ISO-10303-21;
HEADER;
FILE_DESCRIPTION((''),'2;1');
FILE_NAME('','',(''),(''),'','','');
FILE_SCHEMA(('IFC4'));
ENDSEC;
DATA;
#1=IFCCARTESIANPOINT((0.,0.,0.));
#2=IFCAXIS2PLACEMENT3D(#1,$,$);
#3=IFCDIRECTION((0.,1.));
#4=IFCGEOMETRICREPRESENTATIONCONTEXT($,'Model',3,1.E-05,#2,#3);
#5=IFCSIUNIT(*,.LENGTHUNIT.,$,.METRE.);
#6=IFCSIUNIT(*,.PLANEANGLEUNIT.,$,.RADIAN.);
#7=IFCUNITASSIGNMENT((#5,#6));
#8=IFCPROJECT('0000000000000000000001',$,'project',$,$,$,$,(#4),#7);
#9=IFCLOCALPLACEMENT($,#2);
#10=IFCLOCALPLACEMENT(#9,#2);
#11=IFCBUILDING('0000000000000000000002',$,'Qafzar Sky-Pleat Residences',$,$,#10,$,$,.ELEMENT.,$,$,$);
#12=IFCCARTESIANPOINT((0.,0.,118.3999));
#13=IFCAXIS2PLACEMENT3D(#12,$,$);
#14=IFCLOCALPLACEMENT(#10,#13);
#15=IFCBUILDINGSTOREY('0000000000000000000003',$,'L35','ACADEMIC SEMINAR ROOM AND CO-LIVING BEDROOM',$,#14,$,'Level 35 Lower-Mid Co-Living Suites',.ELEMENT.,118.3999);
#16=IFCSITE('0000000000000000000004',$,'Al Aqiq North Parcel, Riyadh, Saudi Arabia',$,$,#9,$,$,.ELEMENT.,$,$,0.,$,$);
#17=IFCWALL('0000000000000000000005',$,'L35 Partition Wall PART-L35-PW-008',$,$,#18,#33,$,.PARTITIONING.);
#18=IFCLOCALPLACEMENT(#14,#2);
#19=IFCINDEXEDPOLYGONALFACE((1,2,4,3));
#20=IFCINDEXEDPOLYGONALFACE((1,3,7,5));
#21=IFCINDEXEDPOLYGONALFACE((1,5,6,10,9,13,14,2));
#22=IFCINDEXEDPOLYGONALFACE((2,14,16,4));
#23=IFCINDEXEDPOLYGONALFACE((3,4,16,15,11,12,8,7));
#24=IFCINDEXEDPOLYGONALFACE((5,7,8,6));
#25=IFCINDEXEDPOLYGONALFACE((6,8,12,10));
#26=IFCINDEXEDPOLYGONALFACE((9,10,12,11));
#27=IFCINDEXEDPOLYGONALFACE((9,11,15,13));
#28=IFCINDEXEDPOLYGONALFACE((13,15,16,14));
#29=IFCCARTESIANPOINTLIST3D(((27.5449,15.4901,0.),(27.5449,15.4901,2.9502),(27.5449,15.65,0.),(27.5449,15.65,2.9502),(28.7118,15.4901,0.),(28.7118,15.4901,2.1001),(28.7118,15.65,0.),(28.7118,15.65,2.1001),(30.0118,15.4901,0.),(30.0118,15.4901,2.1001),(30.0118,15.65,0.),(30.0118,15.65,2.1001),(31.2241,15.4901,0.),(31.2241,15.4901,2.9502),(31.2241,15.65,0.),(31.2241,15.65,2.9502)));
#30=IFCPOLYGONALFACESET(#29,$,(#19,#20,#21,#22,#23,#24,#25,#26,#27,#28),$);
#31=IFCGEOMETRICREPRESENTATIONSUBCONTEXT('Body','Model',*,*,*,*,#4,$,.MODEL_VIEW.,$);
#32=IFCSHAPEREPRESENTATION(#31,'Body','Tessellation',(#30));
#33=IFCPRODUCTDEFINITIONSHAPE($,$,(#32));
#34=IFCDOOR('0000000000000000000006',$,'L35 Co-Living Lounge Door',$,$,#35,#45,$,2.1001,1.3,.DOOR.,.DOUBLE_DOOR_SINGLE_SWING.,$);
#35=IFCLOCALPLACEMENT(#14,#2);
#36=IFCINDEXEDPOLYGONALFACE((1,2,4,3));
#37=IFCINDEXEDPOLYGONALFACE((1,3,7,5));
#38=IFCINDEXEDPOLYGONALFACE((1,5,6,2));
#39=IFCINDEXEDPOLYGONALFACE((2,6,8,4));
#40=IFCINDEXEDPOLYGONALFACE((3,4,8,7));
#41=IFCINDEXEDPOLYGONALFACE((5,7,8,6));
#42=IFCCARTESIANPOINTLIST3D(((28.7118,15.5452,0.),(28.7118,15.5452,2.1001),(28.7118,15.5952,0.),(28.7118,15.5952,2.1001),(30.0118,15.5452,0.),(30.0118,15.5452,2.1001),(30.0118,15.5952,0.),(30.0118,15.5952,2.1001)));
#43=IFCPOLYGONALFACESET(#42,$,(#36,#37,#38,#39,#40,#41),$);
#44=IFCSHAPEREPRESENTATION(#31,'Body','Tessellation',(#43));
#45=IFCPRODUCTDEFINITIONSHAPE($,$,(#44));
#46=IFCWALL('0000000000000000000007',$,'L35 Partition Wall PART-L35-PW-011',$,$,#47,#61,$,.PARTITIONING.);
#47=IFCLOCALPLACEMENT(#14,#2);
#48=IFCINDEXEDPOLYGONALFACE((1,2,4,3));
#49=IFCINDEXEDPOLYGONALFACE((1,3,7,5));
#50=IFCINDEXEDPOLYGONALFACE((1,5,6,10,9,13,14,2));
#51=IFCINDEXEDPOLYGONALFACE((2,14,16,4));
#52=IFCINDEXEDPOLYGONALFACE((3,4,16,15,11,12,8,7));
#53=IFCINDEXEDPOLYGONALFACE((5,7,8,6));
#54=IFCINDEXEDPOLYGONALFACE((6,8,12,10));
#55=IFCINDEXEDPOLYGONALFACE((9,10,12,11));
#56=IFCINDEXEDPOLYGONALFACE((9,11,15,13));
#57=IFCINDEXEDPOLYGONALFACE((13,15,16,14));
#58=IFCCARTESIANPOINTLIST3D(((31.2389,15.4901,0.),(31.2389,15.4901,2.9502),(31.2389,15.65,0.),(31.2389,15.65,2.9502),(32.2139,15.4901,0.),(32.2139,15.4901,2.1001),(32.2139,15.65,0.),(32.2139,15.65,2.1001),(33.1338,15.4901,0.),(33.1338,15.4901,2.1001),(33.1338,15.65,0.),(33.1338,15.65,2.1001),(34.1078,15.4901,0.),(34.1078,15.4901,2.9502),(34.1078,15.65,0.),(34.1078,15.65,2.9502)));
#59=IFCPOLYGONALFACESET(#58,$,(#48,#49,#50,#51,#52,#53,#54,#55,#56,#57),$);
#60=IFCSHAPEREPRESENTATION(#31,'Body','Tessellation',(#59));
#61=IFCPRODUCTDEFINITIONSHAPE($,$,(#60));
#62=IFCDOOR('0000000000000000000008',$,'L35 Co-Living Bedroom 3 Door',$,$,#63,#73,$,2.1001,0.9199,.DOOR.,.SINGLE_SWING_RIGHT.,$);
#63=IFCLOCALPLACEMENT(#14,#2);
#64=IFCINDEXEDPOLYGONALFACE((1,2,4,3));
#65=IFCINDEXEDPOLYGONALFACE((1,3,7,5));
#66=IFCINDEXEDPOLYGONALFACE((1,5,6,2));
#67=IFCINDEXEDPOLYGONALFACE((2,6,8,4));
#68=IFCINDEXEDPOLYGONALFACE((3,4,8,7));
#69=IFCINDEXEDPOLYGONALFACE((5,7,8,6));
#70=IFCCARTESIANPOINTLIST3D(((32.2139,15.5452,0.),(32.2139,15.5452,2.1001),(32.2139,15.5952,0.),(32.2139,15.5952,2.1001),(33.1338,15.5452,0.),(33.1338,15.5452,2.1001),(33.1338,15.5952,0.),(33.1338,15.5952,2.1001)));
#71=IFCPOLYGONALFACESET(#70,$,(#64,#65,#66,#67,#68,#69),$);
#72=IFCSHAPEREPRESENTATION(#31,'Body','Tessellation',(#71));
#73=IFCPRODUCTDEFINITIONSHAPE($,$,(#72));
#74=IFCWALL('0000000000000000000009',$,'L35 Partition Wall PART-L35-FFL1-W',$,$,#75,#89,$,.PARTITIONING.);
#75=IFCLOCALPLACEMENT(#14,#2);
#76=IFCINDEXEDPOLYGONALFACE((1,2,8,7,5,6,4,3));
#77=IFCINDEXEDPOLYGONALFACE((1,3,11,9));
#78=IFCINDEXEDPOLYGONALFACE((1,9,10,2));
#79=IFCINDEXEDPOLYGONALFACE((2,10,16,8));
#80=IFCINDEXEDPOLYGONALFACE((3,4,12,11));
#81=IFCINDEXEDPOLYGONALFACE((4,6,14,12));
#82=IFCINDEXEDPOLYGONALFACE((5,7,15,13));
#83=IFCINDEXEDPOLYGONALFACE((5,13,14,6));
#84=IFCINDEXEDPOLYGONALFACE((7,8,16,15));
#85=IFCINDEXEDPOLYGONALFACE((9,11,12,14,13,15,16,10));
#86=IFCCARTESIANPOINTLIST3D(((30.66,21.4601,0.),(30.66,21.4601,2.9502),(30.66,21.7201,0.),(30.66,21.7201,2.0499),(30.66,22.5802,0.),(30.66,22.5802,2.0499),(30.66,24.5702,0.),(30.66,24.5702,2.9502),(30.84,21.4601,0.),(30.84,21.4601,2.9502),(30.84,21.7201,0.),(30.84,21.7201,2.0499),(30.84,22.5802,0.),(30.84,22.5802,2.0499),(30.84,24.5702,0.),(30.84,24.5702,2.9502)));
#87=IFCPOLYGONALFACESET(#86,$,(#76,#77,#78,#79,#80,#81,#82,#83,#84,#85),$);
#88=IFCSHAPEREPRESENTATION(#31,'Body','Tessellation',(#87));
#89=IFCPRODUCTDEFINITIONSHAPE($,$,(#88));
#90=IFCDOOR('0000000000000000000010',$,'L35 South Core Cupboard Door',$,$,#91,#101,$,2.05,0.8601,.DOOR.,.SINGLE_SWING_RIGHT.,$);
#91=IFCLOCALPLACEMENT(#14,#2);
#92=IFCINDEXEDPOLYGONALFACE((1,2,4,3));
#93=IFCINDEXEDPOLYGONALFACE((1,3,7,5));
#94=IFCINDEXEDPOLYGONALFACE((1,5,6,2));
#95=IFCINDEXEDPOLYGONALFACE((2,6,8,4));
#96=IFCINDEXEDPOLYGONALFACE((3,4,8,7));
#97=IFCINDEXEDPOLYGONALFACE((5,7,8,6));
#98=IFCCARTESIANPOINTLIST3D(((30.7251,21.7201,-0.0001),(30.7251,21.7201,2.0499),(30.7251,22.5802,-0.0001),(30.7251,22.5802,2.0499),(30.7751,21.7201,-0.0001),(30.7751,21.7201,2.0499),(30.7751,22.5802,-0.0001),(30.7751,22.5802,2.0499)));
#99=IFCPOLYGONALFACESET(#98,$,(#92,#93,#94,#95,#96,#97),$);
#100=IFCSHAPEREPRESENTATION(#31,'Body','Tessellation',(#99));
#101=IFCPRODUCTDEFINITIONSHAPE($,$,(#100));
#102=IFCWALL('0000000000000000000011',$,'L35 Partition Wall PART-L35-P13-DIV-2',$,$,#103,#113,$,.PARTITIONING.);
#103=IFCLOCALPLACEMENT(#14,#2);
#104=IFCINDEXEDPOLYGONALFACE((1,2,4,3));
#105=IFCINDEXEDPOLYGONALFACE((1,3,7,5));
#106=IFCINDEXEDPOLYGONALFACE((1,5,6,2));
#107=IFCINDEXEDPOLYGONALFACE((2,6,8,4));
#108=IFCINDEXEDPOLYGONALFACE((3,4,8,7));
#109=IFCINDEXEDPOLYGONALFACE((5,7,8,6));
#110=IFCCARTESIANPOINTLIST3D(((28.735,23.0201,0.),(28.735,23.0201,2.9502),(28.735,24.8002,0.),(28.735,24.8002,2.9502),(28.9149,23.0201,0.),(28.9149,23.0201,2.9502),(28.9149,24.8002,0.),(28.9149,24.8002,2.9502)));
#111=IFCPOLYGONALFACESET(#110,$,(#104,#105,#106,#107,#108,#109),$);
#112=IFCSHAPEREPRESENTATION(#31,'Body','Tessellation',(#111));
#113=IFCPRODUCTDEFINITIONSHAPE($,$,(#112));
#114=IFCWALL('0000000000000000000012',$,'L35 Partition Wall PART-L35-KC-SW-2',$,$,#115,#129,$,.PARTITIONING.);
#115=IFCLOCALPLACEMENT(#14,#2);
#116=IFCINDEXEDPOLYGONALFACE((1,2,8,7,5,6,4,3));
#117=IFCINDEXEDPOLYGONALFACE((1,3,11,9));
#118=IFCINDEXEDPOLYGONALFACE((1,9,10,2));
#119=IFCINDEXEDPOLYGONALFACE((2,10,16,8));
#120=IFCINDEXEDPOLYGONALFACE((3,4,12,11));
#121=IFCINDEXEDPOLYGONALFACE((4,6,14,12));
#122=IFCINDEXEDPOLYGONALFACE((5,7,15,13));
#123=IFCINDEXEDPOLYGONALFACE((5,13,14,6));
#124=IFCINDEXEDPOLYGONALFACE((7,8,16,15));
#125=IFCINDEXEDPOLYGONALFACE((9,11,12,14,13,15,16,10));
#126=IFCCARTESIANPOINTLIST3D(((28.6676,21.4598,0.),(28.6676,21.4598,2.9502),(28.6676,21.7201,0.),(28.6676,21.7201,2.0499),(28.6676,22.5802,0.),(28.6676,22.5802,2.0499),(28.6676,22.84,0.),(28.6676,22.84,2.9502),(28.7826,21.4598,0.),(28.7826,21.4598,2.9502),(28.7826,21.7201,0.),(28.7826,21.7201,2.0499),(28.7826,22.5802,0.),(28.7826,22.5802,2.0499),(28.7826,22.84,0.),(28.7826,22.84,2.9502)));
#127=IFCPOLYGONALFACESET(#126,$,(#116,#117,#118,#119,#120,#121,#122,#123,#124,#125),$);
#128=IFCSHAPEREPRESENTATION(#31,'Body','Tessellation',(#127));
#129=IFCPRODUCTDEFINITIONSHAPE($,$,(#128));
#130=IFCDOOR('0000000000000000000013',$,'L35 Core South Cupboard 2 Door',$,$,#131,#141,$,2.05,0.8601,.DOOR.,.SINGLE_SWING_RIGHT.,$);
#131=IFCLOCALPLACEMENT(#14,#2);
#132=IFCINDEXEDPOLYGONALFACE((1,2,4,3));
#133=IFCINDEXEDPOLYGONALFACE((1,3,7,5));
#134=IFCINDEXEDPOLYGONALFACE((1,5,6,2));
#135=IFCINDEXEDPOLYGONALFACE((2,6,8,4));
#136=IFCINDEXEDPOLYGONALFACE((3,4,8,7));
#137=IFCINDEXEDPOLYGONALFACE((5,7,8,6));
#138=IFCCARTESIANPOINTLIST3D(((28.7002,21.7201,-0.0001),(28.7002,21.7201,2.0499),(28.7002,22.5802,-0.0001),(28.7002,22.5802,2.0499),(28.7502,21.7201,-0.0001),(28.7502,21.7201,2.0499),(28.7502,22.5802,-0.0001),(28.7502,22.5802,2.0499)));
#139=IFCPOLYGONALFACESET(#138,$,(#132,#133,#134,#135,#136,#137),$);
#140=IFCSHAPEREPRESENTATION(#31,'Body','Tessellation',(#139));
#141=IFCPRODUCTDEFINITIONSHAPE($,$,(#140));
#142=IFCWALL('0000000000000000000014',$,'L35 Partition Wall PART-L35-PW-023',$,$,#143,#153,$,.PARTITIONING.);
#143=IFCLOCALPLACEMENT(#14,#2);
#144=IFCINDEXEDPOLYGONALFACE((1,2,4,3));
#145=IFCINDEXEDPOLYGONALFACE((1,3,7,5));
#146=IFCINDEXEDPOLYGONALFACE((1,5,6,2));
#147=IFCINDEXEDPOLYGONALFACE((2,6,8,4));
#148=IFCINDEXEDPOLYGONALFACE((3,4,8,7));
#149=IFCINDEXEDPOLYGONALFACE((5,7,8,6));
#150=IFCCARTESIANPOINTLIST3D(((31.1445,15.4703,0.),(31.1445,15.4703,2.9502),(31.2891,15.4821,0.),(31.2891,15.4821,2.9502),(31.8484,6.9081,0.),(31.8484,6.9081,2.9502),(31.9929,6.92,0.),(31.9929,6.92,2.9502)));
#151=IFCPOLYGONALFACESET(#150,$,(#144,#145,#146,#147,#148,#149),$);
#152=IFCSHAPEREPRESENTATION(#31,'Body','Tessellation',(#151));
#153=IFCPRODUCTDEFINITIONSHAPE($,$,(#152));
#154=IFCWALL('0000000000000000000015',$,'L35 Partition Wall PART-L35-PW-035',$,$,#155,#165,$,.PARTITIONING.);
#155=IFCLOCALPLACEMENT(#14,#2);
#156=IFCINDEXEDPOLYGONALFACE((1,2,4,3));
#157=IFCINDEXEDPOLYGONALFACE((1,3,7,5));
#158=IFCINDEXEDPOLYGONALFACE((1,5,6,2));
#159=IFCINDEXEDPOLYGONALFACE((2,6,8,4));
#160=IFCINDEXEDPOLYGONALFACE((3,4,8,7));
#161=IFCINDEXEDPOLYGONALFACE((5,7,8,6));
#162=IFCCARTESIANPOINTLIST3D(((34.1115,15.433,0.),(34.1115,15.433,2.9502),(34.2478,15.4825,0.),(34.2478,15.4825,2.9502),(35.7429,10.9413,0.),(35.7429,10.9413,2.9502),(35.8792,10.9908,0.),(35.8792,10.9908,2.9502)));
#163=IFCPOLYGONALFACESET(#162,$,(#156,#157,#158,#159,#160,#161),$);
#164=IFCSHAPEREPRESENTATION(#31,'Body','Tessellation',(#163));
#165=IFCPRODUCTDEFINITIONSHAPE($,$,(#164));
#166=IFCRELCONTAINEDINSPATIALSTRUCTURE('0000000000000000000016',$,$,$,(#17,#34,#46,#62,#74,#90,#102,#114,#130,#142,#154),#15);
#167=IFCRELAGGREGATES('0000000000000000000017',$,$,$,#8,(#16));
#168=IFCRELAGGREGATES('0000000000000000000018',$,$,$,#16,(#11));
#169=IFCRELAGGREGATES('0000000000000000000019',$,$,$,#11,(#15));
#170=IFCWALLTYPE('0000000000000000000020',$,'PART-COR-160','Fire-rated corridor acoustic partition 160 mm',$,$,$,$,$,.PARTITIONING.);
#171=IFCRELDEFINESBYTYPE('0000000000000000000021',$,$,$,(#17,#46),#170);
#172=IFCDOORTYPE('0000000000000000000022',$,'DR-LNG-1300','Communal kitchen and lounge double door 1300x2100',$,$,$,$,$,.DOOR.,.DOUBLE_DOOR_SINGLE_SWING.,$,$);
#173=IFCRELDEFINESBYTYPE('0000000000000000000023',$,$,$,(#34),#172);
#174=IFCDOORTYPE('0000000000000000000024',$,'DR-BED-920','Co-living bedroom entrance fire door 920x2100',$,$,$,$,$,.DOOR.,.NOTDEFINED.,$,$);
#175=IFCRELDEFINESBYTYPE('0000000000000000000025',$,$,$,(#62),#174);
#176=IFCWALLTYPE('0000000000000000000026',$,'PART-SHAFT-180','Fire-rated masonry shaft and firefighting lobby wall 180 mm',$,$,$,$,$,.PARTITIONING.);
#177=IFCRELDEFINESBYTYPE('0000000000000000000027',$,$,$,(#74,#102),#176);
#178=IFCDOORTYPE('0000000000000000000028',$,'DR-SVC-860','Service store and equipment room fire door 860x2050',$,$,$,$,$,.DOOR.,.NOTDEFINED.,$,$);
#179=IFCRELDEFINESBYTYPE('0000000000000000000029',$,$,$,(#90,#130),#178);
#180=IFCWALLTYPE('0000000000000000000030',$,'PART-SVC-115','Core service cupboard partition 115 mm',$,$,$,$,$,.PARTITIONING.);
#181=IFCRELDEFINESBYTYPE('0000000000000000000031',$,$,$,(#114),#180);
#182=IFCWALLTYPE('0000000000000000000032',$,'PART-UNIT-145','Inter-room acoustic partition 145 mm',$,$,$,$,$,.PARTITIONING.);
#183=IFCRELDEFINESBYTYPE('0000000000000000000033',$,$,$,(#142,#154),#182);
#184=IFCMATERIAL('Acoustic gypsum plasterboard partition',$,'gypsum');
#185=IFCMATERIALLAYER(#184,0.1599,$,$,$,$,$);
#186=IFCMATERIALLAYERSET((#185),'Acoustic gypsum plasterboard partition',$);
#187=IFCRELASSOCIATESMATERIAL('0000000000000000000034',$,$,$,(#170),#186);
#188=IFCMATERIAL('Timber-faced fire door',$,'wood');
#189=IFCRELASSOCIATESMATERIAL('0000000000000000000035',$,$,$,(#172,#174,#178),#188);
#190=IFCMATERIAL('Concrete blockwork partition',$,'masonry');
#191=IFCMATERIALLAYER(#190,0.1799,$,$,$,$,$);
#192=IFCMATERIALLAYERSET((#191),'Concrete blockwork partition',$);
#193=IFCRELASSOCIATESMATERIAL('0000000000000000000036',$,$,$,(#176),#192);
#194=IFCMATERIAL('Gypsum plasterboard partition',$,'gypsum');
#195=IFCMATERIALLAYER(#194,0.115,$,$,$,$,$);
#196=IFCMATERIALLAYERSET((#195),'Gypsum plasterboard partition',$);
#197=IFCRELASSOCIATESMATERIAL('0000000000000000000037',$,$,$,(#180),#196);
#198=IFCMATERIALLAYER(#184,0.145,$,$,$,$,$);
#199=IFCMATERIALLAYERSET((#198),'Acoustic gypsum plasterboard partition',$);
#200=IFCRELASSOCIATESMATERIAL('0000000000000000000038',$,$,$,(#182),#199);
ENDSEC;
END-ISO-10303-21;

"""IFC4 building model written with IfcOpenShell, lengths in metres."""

from ifc_helpers import new_model, si_unit, direction, frame, frame_2d, origin, place, context, subcontext, project, spatial, rectangle, extrude, source, transform, mapped, material, layer, layer_set, type_object, element, fill, save


model = new_model("IFC4")

# Units and contexts
model_context = context("Model", 3, precision=1e-05, world=origin(), true_north=direction((0.0, 1.0)))
body_context = subcontext(model_context, "Body", "Model", "MODEL_VIEW")
ifc_project = project(units=[si_unit("LENGTHUNIT", "METRE"), si_unit("PLANEANGLEUNIT", "RADIAN")], contexts=[model_context])

# Site, building, storey
site_placement = place(None, origin())
site = spatial("IfcSite", under=ifc_project, at=site_placement, Name="Al Aqiq North Parcel, Riyadh, Saudi Arabia", CompositionType="ELEMENT", RefElevation=0.0)
building_placement = place(site_placement, origin())
building = spatial("IfcBuilding", under=site, at=building_placement, Name="Qafzar Sky-Pleat Residences", CompositionType="ELEMENT")
storey_placement = place(building_placement, frame((0.0, 0.0, 118.3999)))
storey = spatial("IfcBuildingStorey", under=building, at=storey_placement, Name="L35", Description="ACADEMIC SEMINAR ROOM AND CO-LIVING BEDROOM", LongName="Level 35 Lower-Mid Co-Living Suites", CompositionType="ELEMENT", Elevation=118.3999)

# Walls, openings, doors
ifc_material_1 = material(Name="Acoustic gypsum plasterboard partition", Category="gypsum")
ifc_layer_1 = layer(ifc_material_1, 0.1599)
ifc_layer_set_1 = layer_set([ifc_layer_1], Name="Acoustic gypsum plasterboard partition")
wall_type_1 = type_object("IfcWallType", Name="PART-COR-160", Description="Fire-rated corridor acoustic partition 160 mm", PredefinedType="PARTITIONING", material=ifc_layer_set_1)
wall_1_placement = place(storey_placement, frame((31.2241, 15.5701, 0.0), z_axis=(0.0, 0.0, 1.0), x_axis=(-1.0, 0.0, 0.0)))
wall_1 = element("IfcWall", 1, at=wall_1_placement, inside=storey, type_object=wall_type_1, Name="L35 Partition Wall PART-L35-PW-008", PredefinedType="PARTITIONING", context=body_context, shape_type="SweptSolid", body=[
    extrude(rectangle(XDim=3.6792, YDim=0.1599, at=frame_2d((1.8396, 0.0))), origin(), (0.0, 0.0, 1.0), 2.9502),
])
opening_1_placement = place(wall_1_placement, frame((1.2124, 0.0, 0.0)))
opening_1 = element("IfcOpeningElement", 2, at=opening_1_placement, cuts=wall_1, PredefinedType="OPENING", context=body_context, shape_type="SweptSolid", body=[
    extrude(rectangle(XDim=1.3, YDim=2.1001, at=frame_2d((0.6499, 1.05))), frame((0.0, 0.0898, 0.0), z_axis=(0.0, -1.0, 0.0), x_axis=(1.0, 0.0, 0.0)), (0.0, 0.0, 1.0), 0.1799),
])
ifc_material_2 = material(Name="Timber-faced fire door", Category="wood")
door_type_1 = type_object("IfcDoorType", Name="DR-LNG-1300", Description="Communal kitchen and lounge double door 1300x2100", OperationType="DOUBLE_DOOR_SINGLE_SWING", PredefinedType="DOOR", material=ifc_material_2)
shared_shape_1 = source(origin(), body_context, "Body", "SweptSolid", [
    extrude(rectangle(XDim=1.3, YDim=2.1001, at=frame_2d((0.6499, 1.05))), frame((0.0, 0.0249, 0.0), z_axis=(0.0, -1.0, 0.0), x_axis=(1.0, 0.0, 0.0)), (0.0, 0.0, 1.0), 0.05),
])
door_1_placement = place(opening_1_placement, origin())
door_1 = element("IfcDoor", 3, at=door_1_placement, inside=storey, type_object=door_type_1, Name="L35 Co-Living Lounge Door", OperationType="DOUBLE_DOOR_SINGLE_SWING", OverallHeight=2.1001, OverallWidth=1.3, PredefinedType="DOOR", context=body_context, shape_type="MappedRepresentation", body=[
    mapped(shared_shape_1, transform((0.0, 0.0, 0.0), x_axis=(1.0, 0.0, 0.0), y_axis=(0.0, 1.0, 0.0), z_axis=(0.0, 0.0, 1.0), scale=1.0)),
])
fill(opening_1, door_1)
wall_2_placement = place(storey_placement, frame((34.1079, 15.5701, 0.0), z_axis=(0.0, 0.0, 1.0), x_axis=(-1.0, 0.0, 0.0)))
wall_2 = element("IfcWall", 4, at=wall_2_placement, inside=storey, type_object=wall_type_1, Name="L35 Partition Wall PART-L35-PW-011", PredefinedType="PARTITIONING", context=body_context, shape_type="SweptSolid", body=[
    extrude(rectangle(XDim=2.8689, YDim=0.1599, at=frame_2d((1.4346, 0.0))), origin(), (0.0, 0.0, 1.0), 2.9502),
])
opening_2_placement = place(wall_2_placement, frame((0.9741, 0.0, 0.0)))
opening_2 = element("IfcOpeningElement", 5, at=opening_2_placement, cuts=wall_2, PredefinedType="OPENING", context=body_context, shape_type="SweptSolid", body=[
    extrude(rectangle(XDim=0.9199, YDim=2.1001, at=frame_2d((0.46, 1.05))), frame((0.0, 0.0898, 0.0), z_axis=(0.0, -1.0, 0.0), x_axis=(1.0, 0.0, 0.0)), (0.0, 0.0, 1.0), 0.1799),
])
door_type_2 = type_object("IfcDoorType", Name="DR-BED-920", Description="Co-living bedroom entrance fire door 920x2100", OperationType="NOTDEFINED", PredefinedType="DOOR", material=ifc_material_2)
shared_shape_2 = source(origin(), body_context, "Body", "SweptSolid", [
    extrude(rectangle(XDim=0.9199, YDim=2.1001, at=frame_2d((0.46, 1.05))), frame((0.0, 0.0249, 0.0), z_axis=(0.0, -1.0, 0.0), x_axis=(1.0, 0.0, 0.0)), (0.0, 0.0, 1.0), 0.05),
])
door_2_placement = place(opening_2_placement, origin())
door_2 = element("IfcDoor", 6, at=door_2_placement, inside=storey, type_object=door_type_2, Name="L35 Co-Living Bedroom 3 Door", OperationType="SINGLE_SWING_RIGHT", OverallHeight=2.1001, OverallWidth=0.9199, PredefinedType="DOOR", context=body_context, shape_type="MappedRepresentation", body=[
    mapped(shared_shape_2, transform((0.0, 0.0, 0.0), x_axis=(1.0, 0.0, 0.0), y_axis=(0.0, 1.0, 0.0), z_axis=(0.0, 0.0, 1.0), scale=1.0)),
])
fill(opening_2, door_2)
ifc_material_3 = material(Name="Concrete blockwork partition", Category="masonry")
ifc_layer_2 = layer(ifc_material_3, 0.1799)
ifc_layer_set_2 = layer_set([ifc_layer_2], Name="Concrete blockwork partition")
wall_type_2 = type_object("IfcWallType", Name="PART-SHAFT-180", Description="Fire-rated masonry shaft and firefighting lobby wall 180 mm", PredefinedType="PARTITIONING", material=ifc_layer_set_2)
wall_3_placement = place(storey_placement, frame((30.75, 21.46, 0.0), z_axis=(0.0, 0.0, 1.0), x_axis=(0.0, 1.0, 0.0)))
wall_3 = element("IfcWall", 7, at=wall_3_placement, inside=storey, type_object=wall_type_2, Name="L35 Partition Wall PART-L35-FFL1-W", PredefinedType="PARTITIONING", context=body_context, shape_type="SweptSolid", body=[
    extrude(rectangle(XDim=3.1101, YDim=0.1799, at=frame_2d((1.5552, 0.0))), origin(), (0.0, 0.0, 1.0), 2.9502),
])
opening_3_placement = place(wall_3_placement, frame((0.26, 0.0, 0.0)))
opening_3 = element("IfcOpeningElement", 8, at=opening_3_placement, cuts=wall_3, PredefinedType="OPENING", context=body_context, shape_type="SweptSolid", body=[
    extrude(rectangle(XDim=0.8601, YDim=2.05, at=frame_2d((0.4302, 1.0249))), frame((0.0, 0.1001, 0.0), z_axis=(0.0, -1.0, 0.0), x_axis=(1.0, 0.0, 0.0)), (0.0, 0.0, 1.0), 0.2),
])
door_type_3 = type_object("IfcDoorType", Name="DR-SVC-860", Description="Service store and equipment room fire door 860x2050", OperationType="NOTDEFINED", PredefinedType="DOOR", material=ifc_material_2)
shared_shape_3 = source(origin(), body_context, "Body", "SweptSolid", [
    extrude(rectangle(XDim=0.8601, YDim=2.05, at=frame_2d((0.4302, 1.0249))), frame((0.0, 0.0249, 0.0), z_axis=(0.0, -1.0, 0.0), x_axis=(1.0, 0.0, 0.0)), (0.0, 0.0, 1.0), 0.05),
])
door_3_placement = place(opening_3_placement, origin())
door_3 = element("IfcDoor", 9, at=door_3_placement, inside=storey, type_object=door_type_3, Name="L35 South Core Cupboard Door", OperationType="SINGLE_SWING_RIGHT", OverallHeight=2.05, OverallWidth=0.8601, PredefinedType="DOOR", context=body_context, shape_type="MappedRepresentation", body=[
    mapped(shared_shape_3, transform((0.0, 0.0, 0.0), x_axis=(1.0, 0.0, 0.0), y_axis=(0.0, 1.0, 0.0), z_axis=(0.0, 0.0, 1.0), scale=1.0)),
])
fill(opening_3, door_3)

# Wall
wall_4_placement = place(storey_placement, frame((28.825, 23.02, 0.0), z_axis=(0.0, 0.0, 1.0), x_axis=(0.0, 1.0, 0.0)))
element("IfcWall", 10, at=wall_4_placement, inside=storey, type_object=wall_type_2, Name="L35 Partition Wall PART-L35-P13-DIV-2", PredefinedType="PARTITIONING", context=body_context, shape_type="SweptSolid", body=[
    extrude(rectangle(XDim=1.78, YDim=0.1799, at=frame_2d((0.8901, 0.0))), origin(), (0.0, 0.0, 1.0), 2.9502),
])

# Wall, opening, door
ifc_material_4 = material(Name="Gypsum plasterboard partition", Category="gypsum")
ifc_layer_3 = layer(ifc_material_4, 0.115)
ifc_layer_set_3 = layer_set([ifc_layer_3], Name="Gypsum plasterboard partition")
wall_type_3 = type_object("IfcWallType", Name="PART-SVC-115", Description="Core service cupboard partition 115 mm", PredefinedType="PARTITIONING", material=ifc_layer_set_3)
wall_5_placement = place(storey_placement, frame((28.7251, 21.46, 0.0), z_axis=(0.0, 0.0, 1.0), x_axis=(0.0, 1.0, 0.0)))
wall_5 = element("IfcWall", 11, at=wall_5_placement, inside=storey, type_object=wall_type_3, Name="L35 Partition Wall PART-L35-KC-SW-2", PredefinedType="PARTITIONING", context=body_context, shape_type="SweptSolid", body=[
    extrude(rectangle(XDim=1.3801, YDim=0.115, at=frame_2d((0.6899, 0.0))), origin(), (0.0, 0.0, 1.0), 2.9502),
])
opening_4_placement = place(wall_5_placement, frame((0.26, 0.0, 0.0)))
opening_4 = element("IfcOpeningElement", 12, at=opening_4_placement, cuts=wall_5, PredefinedType="OPENING", context=body_context, shape_type="SweptSolid", body=[
    extrude(rectangle(XDim=0.8601, YDim=2.05, at=frame_2d((0.4302, 1.0249))), frame((0.0, 0.0674, 0.0), z_axis=(0.0, -1.0, 0.0), x_axis=(1.0, 0.0, 0.0)), (0.0, 0.0, 1.0), 0.135),
])
door_4_placement = place(opening_4_placement, origin())
door_4 = element("IfcDoor", 13, at=door_4_placement, inside=storey, type_object=door_type_3, Name="L35 Core South Cupboard 2 Door", OperationType="SINGLE_SWING_RIGHT", OverallHeight=2.05, OverallWidth=0.8601, PredefinedType="DOOR", context=body_context, shape_type="MappedRepresentation", body=[
    mapped(shared_shape_3, transform((0.0, 0.0, 0.0), x_axis=(1.0, 0.0, 0.0), y_axis=(0.0, 1.0, 0.0), z_axis=(0.0, 0.0, 1.0), scale=1.0)),
])
fill(opening_4, door_4)

# Walls
ifc_layer_4 = layer(ifc_material_1, 0.145)
ifc_layer_set_4 = layer_set([ifc_layer_4], Name="Acoustic gypsum plasterboard partition")
wall_type_4 = type_object("IfcWallType", Name="PART-UNIT-145", Description="Inter-room acoustic partition 145 mm", PredefinedType="PARTITIONING", material=ifc_layer_set_4)
wall_6_placement = place(storey_placement, frame((31.2168, 15.4761, 0.0), z_axis=(0.0, 0.0, 1.0), x_axis=(0.081928, -0.996638, 0.0)))
element("IfcWall", 14, at=wall_6_placement, inside=storey, type_object=wall_type_4, Name="L35 Partition Wall PART-L35-PW-023", PredefinedType="PARTITIONING", context=body_context, shape_type="SweptSolid", body=[
    extrude(rectangle(XDim=8.5911, YDim=0.145, at=frame_2d((4.2954, 0.0))), origin(), (0.0, 0.0, 1.0), 2.9502),
])
wall_7_placement = place(storey_placement, frame((34.1797, 15.4578, 0.0), z_axis=(0.0, 0.0, 1.0), x_axis=(0.341374, -0.939928, 0.0)))
element("IfcWall", 15, at=wall_7_placement, inside=storey, type_object=wall_type_4, Name="L35 Partition Wall PART-L35-PW-035", PredefinedType="PARTITIONING", context=body_context, shape_type="SweptSolid", body=[
    extrude(rectangle(XDim=4.7788, YDim=0.145, at=frame_2d((2.3894, 0.0))), origin(), (0.0, 0.0, 1.0), 2.9502),
])

save(model, "model.ifc")
